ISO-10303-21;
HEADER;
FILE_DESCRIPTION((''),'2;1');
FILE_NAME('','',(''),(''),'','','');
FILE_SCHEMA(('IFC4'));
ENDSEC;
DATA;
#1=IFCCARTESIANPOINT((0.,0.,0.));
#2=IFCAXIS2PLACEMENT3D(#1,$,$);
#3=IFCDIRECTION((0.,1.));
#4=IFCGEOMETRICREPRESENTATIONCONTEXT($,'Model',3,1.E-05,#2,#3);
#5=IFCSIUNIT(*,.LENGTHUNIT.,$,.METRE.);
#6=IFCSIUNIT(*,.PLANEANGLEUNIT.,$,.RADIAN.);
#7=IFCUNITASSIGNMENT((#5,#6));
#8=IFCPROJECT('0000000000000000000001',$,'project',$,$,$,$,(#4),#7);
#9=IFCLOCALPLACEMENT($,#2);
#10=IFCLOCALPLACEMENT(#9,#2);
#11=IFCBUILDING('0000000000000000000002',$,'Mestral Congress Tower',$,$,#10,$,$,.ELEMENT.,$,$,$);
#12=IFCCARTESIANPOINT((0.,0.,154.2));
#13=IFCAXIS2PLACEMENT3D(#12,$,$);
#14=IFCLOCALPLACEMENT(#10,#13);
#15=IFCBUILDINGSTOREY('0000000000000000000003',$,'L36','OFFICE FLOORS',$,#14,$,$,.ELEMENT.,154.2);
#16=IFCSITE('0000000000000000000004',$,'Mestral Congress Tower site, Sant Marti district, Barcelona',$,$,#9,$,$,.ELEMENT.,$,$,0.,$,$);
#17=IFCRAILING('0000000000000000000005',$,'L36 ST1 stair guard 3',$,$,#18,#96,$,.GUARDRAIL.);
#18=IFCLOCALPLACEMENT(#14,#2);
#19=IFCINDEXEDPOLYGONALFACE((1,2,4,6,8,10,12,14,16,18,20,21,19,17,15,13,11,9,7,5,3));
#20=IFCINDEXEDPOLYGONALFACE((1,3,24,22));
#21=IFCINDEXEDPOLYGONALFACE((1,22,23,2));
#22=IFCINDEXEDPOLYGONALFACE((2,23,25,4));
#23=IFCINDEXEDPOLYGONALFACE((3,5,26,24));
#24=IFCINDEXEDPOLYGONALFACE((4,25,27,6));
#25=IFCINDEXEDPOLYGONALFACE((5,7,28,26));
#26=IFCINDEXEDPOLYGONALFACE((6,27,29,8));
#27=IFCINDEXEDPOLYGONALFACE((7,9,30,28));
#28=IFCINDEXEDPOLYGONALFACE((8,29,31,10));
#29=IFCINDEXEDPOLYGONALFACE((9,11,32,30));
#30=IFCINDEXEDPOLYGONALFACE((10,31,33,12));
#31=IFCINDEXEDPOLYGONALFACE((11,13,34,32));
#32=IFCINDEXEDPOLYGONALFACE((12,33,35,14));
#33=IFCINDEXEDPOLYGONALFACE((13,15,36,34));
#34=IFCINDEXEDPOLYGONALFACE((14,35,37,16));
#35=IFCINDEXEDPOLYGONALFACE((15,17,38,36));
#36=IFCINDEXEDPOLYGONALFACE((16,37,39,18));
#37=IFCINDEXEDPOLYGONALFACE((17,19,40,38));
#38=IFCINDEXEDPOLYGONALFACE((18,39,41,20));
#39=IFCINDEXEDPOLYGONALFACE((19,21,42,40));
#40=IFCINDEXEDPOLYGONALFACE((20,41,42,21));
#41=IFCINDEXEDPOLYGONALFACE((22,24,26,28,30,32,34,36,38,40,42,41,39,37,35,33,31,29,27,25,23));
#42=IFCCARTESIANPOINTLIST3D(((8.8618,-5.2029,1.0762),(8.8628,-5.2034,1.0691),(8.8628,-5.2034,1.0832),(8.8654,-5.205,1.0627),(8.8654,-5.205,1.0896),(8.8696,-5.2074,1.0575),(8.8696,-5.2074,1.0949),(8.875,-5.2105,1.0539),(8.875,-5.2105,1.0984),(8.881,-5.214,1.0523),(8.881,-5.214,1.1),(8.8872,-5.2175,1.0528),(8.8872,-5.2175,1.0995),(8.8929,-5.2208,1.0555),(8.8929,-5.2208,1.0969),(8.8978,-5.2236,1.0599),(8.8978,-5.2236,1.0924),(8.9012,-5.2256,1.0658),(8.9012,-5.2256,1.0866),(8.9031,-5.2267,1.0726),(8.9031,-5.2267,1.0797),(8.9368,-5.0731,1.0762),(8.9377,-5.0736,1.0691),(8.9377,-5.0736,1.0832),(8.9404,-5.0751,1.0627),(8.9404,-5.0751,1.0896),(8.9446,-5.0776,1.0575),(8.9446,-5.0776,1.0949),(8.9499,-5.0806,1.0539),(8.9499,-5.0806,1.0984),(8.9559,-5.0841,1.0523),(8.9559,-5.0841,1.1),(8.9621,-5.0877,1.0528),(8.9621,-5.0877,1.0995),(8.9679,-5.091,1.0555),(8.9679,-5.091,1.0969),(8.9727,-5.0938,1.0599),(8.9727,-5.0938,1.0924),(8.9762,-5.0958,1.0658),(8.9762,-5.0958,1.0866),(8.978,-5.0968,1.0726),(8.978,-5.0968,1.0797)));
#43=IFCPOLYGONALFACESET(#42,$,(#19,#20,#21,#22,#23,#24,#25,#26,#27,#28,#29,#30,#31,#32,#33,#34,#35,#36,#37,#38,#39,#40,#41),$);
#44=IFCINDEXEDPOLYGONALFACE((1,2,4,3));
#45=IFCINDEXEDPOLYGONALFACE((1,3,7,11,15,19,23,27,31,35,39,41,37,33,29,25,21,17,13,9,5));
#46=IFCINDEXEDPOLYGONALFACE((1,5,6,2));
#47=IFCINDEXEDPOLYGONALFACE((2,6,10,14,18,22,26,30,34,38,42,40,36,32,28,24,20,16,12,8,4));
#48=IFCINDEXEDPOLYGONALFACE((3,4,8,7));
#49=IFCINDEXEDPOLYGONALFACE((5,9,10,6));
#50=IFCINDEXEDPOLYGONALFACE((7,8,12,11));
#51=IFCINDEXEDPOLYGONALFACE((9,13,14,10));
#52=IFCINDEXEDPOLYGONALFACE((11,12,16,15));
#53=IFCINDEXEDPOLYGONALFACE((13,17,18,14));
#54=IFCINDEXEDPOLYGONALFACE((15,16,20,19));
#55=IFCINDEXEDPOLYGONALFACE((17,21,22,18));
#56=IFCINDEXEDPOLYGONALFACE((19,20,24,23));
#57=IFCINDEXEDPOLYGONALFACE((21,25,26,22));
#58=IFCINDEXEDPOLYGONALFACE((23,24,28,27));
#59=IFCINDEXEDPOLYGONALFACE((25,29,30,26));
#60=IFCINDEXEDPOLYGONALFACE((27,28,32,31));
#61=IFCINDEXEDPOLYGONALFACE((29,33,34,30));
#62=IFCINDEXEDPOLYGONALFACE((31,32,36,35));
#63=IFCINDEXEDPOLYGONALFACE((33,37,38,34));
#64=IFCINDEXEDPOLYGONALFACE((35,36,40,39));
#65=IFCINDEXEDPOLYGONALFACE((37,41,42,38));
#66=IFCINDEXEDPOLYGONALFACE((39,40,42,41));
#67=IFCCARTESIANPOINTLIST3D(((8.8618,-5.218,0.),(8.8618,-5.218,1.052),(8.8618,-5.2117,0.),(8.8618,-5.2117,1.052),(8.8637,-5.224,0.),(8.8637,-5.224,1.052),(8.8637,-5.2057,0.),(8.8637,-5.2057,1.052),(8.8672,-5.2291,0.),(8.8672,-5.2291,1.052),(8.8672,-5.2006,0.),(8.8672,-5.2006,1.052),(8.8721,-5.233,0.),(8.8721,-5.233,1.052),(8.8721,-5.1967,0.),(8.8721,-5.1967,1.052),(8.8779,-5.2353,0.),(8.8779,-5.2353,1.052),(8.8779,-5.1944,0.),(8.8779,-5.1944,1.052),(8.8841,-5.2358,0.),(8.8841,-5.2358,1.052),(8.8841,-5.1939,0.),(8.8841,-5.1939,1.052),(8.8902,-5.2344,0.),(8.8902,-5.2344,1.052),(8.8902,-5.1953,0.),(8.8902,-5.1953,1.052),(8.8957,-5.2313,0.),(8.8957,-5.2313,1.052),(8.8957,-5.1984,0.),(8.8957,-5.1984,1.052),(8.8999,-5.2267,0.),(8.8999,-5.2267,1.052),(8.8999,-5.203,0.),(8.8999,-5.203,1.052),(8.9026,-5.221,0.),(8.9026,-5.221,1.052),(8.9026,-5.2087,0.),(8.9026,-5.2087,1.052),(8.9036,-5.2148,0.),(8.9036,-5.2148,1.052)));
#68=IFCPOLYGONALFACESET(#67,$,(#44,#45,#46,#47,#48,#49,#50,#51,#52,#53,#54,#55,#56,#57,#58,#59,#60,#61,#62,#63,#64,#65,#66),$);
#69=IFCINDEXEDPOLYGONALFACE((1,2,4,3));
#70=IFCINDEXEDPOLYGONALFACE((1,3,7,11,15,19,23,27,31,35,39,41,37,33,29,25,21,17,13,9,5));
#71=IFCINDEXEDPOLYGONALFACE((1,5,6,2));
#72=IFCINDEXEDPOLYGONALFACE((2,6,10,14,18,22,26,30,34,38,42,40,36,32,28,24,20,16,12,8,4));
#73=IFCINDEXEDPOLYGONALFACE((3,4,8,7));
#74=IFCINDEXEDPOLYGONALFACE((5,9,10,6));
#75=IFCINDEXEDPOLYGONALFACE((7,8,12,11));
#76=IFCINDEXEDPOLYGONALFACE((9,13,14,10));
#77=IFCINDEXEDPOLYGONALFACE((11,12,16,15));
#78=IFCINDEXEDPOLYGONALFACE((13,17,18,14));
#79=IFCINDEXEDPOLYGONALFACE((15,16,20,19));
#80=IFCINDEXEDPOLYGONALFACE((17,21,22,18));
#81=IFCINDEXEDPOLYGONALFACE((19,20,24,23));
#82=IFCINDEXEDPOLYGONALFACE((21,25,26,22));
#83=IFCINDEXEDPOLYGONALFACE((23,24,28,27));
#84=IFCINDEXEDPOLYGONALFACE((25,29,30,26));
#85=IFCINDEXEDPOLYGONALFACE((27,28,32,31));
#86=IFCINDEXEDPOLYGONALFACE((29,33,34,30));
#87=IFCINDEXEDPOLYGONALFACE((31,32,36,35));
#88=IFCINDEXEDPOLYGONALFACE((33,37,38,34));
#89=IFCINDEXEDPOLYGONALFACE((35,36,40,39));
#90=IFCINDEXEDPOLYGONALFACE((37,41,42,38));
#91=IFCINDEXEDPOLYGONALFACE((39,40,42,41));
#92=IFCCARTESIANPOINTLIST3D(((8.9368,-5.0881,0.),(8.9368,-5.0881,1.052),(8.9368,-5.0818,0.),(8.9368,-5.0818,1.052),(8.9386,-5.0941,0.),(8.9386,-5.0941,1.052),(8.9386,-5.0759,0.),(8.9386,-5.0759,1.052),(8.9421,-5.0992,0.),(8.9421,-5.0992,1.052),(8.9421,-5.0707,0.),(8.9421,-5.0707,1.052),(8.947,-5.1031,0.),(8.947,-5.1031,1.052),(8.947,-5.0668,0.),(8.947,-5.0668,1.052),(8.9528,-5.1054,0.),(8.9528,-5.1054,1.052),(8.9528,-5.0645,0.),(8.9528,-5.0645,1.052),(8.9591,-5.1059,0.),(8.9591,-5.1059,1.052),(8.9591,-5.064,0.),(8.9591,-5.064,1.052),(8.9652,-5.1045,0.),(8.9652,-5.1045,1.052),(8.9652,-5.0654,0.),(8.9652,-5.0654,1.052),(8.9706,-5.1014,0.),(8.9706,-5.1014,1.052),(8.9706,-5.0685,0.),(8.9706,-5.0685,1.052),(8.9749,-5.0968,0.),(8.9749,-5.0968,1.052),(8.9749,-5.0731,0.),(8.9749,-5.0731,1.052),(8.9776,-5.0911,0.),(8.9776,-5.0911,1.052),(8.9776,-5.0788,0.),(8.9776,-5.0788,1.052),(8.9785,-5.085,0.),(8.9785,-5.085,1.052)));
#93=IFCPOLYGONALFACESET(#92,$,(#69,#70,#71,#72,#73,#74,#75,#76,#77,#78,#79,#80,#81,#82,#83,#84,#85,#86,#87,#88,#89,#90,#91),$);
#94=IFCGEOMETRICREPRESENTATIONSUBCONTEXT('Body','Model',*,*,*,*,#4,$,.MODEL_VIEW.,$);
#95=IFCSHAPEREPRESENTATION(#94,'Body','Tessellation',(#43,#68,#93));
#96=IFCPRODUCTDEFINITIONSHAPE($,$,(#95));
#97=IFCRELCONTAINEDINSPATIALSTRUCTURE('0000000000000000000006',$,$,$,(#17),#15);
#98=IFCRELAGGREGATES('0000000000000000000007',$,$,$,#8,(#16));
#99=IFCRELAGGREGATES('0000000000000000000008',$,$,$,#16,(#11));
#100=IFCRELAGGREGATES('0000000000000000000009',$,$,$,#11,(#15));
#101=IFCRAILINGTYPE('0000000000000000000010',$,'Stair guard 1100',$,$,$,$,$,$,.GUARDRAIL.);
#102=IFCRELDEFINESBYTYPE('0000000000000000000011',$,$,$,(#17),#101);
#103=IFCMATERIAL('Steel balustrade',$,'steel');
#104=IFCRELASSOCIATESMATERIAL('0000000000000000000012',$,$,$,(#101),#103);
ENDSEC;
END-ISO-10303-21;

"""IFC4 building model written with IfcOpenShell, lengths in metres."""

from ifc_helpers import new_model, si_unit, direction, frame, origin, origin_2d, place, context, subcontext, project, spatial, circle, extrude, material, type_object, element, save


model = new_model("IFC4")

# Units and contexts
model_context = context("Model", 3, precision=1e-05, world=origin(), true_north=direction((0.0, 1.0)))
body_context = subcontext(model_context, "Body", "Model", "MODEL_VIEW")
ifc_project = project(units=[si_unit("LENGTHUNIT", "METRE"), si_unit("PLANEANGLEUNIT", "RADIAN")], contexts=[model_context])

# Site, building, storey
site_placement = place(None, origin())
site = spatial("IfcSite", under=ifc_project, at=site_placement, Name="Mestral Congress Tower site, Sant Marti district, Barcelona", CompositionType="ELEMENT", RefElevation=0.0)
building_placement = place(site_placement, origin())
building = spatial("IfcBuilding", under=site, at=building_placement, Name="Mestral Congress Tower", CompositionType="ELEMENT")
storey_placement = place(building_placement, frame((0.0, 0.0, 154.2)))
storey = spatial("IfcBuildingStorey", under=building, at=storey_placement, Name="L36", Description="OFFICE FLOORS", CompositionType="ELEMENT", Elevation=154.2)

# Railing
ifc_material_1 = material(Name="Steel balustrade", Category="steel")
railing_type_1 = type_object("IfcRailingType", Name="Stair guard 1100", PredefinedType="GUARDRAIL", material=ifc_material_1)
railing_1_placement = place(storey_placement, frame((8.8826, -5.2148, 0.0)))
element("IfcRailing", 1, at=railing_1_placement, inside=storey, type_object=railing_type_1, Name="L36 ST1 stair guard 3", PredefinedType="GUARDRAIL", context=body_context, shape_type="SweptSolid", body=[
    extrude(circle(Radius=0.0239, at=origin_2d()), frame((0.0, 0.0, 1.0762), z_axis=(0.499816, 0.866131, 0.0), x_axis=(-0.866131, 0.499816, 0.0)), (0.0, 0.0, 1.0), 0.1499),
    extrude(circle(Radius=0.021, at=origin_2d()), origin(), (0.0, 0.0, 1.0), 1.052),
    extrude(circle(Radius=0.021, at=origin_2d()), frame((0.075, 0.1299, 0.0)), (0.0, 0.0, 1.0), 1.052),
])

save(model, "model.ifc")
